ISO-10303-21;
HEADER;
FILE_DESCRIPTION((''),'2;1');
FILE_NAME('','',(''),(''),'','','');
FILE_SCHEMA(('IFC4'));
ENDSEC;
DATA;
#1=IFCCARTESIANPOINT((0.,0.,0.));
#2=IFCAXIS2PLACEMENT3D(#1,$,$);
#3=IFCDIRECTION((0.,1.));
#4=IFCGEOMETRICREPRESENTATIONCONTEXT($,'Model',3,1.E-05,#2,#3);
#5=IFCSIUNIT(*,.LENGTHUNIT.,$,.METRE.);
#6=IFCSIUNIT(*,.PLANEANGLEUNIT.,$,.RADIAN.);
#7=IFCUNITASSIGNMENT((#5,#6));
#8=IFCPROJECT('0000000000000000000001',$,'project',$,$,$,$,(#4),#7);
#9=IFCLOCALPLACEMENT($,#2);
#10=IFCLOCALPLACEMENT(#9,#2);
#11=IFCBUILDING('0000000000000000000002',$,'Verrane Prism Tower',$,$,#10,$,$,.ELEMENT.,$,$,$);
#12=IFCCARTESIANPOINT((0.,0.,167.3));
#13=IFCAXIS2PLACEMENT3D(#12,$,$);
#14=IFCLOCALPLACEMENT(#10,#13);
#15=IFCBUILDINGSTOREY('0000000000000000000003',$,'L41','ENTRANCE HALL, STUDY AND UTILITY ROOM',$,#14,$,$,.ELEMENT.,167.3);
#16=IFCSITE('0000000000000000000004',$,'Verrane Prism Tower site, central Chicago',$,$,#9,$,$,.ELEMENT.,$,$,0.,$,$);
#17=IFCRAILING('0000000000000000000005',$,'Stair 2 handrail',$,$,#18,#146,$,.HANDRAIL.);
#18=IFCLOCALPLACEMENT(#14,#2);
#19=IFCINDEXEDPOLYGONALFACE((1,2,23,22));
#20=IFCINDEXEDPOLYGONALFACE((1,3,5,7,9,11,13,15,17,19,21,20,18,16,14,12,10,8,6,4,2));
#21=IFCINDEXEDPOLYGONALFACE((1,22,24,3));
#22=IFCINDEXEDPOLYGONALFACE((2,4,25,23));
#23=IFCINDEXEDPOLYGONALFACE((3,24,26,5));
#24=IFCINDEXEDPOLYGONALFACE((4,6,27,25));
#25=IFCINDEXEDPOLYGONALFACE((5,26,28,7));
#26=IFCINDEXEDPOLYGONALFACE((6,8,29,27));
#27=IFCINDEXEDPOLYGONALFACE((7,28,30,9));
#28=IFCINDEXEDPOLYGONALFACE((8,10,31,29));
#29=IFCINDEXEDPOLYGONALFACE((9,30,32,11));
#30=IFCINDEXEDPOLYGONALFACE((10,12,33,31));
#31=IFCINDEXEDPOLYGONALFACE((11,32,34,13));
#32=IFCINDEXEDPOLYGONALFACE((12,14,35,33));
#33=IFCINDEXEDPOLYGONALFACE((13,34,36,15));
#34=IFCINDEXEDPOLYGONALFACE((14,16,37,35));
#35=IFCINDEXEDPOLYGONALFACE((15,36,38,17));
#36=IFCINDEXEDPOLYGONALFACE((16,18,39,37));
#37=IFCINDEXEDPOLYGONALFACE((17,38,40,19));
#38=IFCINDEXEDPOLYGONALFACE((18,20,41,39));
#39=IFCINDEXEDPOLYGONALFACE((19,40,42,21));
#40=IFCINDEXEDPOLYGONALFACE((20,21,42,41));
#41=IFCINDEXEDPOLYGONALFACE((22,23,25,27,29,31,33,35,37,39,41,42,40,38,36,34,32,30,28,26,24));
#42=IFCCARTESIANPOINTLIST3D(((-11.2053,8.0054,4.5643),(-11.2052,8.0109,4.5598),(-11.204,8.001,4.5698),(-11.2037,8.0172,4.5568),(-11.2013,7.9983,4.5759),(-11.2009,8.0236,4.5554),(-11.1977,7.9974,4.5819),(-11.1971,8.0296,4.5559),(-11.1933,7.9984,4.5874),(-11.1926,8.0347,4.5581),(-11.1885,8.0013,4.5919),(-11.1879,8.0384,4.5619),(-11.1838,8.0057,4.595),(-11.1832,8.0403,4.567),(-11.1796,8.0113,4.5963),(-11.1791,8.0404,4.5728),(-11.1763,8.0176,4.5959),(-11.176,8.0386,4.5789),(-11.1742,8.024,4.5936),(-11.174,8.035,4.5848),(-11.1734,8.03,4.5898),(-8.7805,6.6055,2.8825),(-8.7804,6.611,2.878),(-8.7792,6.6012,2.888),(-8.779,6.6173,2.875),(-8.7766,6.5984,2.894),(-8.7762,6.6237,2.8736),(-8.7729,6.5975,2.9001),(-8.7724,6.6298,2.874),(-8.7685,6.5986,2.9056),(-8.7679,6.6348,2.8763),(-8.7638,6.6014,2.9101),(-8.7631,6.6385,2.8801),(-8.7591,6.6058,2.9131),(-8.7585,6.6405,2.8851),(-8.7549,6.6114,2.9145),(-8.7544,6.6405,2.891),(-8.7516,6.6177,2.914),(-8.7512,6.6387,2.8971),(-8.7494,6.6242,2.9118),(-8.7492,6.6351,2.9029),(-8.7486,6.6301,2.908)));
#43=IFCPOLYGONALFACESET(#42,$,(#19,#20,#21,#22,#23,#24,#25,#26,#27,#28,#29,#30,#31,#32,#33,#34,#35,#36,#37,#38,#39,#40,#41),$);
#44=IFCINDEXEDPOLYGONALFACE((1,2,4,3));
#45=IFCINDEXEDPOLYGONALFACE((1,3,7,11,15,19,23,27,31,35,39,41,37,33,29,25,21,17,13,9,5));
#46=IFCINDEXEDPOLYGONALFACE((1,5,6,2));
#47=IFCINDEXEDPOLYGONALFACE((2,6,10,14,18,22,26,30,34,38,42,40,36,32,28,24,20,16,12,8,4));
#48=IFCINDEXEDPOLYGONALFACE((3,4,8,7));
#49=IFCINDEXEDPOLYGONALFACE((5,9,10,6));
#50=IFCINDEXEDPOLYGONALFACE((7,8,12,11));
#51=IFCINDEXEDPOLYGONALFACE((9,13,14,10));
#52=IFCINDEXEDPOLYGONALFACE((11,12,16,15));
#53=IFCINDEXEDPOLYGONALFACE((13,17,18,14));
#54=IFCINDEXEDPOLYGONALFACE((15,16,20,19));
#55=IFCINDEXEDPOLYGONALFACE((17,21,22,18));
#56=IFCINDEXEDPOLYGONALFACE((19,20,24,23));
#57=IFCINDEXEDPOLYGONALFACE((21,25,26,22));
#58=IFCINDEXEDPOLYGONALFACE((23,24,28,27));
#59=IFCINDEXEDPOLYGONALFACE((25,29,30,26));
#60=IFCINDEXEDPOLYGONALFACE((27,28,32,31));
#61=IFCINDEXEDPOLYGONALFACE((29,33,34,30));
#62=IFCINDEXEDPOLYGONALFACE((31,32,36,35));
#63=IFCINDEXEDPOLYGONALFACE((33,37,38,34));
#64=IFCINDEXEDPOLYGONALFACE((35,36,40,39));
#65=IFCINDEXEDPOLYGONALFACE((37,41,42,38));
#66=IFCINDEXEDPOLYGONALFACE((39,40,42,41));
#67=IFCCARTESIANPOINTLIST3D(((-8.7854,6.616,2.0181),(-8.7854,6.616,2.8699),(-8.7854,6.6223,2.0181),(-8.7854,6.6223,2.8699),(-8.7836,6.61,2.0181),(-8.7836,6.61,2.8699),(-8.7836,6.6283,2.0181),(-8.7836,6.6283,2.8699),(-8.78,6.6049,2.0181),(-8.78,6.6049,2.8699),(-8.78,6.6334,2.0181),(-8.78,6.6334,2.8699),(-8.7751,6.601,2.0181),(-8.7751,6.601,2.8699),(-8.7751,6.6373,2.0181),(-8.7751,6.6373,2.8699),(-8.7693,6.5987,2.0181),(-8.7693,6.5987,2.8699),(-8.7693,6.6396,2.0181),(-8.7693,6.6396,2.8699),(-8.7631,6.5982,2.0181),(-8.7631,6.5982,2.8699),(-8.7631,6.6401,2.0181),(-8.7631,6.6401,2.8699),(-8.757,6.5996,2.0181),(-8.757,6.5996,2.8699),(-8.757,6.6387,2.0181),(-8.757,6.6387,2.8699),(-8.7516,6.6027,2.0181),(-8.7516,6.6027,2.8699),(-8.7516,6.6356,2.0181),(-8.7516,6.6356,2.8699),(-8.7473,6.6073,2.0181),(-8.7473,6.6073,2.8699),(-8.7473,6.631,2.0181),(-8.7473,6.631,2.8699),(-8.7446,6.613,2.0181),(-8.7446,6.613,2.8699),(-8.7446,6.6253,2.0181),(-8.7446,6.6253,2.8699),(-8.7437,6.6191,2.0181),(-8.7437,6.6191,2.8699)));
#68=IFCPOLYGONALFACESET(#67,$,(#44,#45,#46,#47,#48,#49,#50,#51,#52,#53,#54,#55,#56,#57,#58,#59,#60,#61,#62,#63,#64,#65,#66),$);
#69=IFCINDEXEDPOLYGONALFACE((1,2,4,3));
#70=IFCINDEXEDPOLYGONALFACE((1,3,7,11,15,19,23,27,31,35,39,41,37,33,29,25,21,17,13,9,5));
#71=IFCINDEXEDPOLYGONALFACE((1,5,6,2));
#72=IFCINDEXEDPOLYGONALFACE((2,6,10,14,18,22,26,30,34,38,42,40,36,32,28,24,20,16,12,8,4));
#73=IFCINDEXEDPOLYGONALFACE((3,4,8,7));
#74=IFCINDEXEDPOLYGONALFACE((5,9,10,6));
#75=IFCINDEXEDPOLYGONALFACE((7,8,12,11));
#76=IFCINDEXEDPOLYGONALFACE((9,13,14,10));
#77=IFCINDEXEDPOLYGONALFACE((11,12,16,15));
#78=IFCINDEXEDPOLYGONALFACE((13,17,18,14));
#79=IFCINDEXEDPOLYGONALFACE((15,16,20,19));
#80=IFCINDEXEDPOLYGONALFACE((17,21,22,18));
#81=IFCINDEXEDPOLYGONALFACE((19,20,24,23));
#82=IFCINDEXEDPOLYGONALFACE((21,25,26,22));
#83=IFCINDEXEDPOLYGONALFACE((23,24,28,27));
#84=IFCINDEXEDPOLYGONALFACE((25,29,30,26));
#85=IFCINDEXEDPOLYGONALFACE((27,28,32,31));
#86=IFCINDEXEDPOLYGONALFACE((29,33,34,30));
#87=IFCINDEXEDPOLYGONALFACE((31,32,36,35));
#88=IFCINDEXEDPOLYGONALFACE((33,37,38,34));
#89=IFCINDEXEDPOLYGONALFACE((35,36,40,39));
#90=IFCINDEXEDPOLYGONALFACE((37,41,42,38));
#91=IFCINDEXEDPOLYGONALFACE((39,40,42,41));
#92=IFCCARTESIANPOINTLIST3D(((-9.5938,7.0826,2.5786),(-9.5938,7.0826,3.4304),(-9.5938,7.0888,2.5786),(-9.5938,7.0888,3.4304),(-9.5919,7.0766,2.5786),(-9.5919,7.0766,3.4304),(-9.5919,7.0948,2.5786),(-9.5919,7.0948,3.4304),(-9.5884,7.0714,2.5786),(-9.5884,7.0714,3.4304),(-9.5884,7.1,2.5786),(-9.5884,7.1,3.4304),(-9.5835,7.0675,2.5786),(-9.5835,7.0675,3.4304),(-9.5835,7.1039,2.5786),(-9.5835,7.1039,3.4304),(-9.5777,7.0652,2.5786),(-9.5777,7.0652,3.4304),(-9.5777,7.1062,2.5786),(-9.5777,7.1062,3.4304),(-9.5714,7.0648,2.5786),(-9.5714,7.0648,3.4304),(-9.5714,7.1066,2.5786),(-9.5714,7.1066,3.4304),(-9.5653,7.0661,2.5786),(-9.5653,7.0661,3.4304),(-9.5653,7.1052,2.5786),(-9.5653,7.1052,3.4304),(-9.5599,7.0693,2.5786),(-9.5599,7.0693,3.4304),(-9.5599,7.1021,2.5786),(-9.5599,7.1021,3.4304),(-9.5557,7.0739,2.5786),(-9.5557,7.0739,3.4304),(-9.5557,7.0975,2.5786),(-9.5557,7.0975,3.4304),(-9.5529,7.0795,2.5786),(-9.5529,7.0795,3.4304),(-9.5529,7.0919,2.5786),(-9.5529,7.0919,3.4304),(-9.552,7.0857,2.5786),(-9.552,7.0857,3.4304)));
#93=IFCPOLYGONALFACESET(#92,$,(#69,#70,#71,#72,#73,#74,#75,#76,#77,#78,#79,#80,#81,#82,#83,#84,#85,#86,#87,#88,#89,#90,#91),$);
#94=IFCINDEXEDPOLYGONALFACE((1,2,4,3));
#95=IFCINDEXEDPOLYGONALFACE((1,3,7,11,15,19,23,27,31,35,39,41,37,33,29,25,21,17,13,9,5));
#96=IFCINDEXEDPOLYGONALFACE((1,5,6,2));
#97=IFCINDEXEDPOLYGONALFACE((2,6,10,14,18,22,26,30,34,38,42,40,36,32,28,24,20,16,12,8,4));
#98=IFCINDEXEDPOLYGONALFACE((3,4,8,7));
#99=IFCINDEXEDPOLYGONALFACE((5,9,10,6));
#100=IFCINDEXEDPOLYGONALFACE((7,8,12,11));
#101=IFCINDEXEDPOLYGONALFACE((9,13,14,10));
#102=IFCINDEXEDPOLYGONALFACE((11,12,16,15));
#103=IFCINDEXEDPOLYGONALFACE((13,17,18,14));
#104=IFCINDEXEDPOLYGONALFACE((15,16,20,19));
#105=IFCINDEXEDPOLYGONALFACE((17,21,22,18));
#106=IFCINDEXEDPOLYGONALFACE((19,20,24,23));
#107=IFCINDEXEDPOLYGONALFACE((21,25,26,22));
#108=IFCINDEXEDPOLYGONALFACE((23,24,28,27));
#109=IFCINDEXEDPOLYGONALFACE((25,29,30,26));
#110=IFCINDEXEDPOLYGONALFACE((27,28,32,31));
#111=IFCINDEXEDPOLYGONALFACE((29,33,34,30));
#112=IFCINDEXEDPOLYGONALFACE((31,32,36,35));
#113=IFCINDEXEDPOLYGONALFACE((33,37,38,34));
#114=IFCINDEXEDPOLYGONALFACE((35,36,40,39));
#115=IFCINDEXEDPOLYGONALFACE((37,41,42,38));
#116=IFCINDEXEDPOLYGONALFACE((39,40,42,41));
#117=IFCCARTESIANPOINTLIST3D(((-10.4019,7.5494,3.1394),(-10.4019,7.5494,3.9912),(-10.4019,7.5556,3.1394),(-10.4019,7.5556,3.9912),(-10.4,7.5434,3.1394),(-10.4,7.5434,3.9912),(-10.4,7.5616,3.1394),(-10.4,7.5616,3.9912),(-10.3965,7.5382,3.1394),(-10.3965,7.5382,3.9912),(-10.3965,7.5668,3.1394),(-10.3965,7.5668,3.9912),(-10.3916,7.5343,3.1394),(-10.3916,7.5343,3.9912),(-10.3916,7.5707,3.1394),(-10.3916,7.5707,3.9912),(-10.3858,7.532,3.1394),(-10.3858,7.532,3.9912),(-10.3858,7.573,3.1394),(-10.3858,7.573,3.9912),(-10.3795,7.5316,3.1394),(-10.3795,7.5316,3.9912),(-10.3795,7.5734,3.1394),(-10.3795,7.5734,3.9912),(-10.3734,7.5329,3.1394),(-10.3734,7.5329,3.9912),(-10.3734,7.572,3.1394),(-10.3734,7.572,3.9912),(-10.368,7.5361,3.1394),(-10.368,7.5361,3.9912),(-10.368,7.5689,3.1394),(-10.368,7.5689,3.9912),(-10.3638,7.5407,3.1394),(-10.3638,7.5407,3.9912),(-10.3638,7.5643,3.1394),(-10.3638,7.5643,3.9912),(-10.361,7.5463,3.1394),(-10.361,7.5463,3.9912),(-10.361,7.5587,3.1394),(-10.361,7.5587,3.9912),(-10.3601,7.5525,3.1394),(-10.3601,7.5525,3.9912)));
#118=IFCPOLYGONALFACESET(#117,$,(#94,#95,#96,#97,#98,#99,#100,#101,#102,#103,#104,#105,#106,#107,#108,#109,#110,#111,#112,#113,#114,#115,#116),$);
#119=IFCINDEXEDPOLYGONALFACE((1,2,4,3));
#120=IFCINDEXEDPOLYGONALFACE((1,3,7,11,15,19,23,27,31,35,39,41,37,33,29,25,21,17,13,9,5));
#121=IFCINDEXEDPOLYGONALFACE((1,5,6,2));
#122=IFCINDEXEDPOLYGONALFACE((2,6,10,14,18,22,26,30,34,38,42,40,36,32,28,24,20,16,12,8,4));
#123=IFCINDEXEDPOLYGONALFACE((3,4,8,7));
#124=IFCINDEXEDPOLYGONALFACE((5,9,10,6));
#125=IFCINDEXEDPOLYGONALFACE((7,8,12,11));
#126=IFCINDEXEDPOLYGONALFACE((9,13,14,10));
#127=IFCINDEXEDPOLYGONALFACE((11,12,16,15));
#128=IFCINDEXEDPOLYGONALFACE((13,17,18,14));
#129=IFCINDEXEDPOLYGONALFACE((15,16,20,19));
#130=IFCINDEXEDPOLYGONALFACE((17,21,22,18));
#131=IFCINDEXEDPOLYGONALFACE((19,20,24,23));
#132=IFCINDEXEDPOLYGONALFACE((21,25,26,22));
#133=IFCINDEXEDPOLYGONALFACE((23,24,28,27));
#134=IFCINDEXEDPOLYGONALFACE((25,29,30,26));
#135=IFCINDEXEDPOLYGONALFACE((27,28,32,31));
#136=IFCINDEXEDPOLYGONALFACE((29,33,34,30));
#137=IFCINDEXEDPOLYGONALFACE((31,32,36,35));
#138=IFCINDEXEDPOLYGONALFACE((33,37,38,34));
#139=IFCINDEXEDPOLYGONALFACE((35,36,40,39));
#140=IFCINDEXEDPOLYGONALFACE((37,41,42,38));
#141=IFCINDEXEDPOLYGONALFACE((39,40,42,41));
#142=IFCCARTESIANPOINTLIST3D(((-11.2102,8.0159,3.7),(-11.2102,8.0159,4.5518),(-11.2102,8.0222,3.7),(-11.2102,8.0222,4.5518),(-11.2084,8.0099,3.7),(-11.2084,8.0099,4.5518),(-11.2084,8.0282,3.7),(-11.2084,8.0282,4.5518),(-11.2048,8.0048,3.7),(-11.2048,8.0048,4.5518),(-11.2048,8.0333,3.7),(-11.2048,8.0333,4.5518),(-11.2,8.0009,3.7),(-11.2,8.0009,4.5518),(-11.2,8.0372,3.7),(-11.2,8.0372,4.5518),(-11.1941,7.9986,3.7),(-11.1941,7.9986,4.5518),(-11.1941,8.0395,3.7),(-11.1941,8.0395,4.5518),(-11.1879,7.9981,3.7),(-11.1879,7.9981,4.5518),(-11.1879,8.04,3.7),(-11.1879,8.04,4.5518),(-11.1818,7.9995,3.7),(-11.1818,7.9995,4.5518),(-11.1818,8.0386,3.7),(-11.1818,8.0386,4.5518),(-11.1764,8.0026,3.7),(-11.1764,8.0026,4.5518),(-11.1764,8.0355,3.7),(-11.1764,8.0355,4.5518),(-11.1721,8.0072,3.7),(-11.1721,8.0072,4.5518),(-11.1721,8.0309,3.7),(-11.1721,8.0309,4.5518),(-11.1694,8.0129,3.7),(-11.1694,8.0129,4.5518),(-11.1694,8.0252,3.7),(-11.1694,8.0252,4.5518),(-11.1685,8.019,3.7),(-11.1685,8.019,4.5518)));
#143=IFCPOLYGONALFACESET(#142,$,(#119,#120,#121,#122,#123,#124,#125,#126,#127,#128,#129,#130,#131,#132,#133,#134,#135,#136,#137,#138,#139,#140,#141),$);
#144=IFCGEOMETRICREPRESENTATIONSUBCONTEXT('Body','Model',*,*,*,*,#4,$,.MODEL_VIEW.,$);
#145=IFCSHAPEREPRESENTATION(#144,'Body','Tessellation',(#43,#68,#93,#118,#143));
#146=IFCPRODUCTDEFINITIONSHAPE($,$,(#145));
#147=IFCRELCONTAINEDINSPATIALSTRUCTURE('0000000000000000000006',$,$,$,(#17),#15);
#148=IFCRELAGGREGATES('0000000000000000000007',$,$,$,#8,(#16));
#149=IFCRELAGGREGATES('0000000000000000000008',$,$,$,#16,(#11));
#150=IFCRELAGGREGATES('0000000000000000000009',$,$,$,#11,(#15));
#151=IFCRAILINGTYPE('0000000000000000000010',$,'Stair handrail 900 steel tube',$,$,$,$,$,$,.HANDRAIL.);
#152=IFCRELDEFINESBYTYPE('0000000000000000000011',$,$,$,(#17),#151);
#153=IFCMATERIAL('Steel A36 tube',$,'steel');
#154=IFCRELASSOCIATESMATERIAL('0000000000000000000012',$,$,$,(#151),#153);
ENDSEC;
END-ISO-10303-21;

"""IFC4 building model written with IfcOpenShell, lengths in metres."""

from ifc_helpers import new_model, si_unit, direction, frame, origin, origin_2d, place, context, subcontext, project, spatial, circle, extrude, material, type_object, element, save


model = new_model("IFC4")

# Units and contexts
model_context = context("Model", 3, precision=1e-05, world=origin(), true_north=direction((0.0, 1.0)))
body_context = subcontext(model_context, "Body", "Model", "MODEL_VIEW")
ifc_project = project(units=[si_unit("LENGTHUNIT", "METRE"), si_unit("PLANEANGLEUNIT", "RADIAN")], contexts=[model_context])

# Site, building, storey
site_placement = place(None, origin())
site = spatial("IfcSite", under=ifc_project, at=site_placement, Name="Verrane Prism Tower site, central Chicago", CompositionType="ELEMENT", RefElevation=0.0)
building_placement = place(site_placement, origin())
building = spatial("IfcBuilding", under=site, at=building_placement, Name="Verrane Prism Tower", CompositionType="ELEMENT")
storey_placement = place(building_placement, frame((0.0, 0.0, 167.3)))
storey = spatial("IfcBuildingStorey", under=building, at=storey_placement, Name="L41", Description="ENTRANCE HALL, STUDY AND UTILITY ROOM", CompositionType="ELEMENT", Elevation=167.3)

# Railing
ifc_material_1 = material(Name="Steel A36 tube", Category="steel")
railing_type_1 = type_object("IfcRailingType", Name="Stair handrail 900 steel tube", PredefinedType="HANDRAIL", material=ifc_material_1)
railing_1_placement = place(storey_placement, frame((-8.7646, 6.6191, 2.0181)))
element("IfcRailing", 1, at=railing_1_placement, inside=storey, type_object=railing_type_1, Name="Stair 2 handrail", PredefinedType="HANDRAIL", context=body_context, shape_type="SweptSolid", body=[
    extrude(circle(Radius=0.0239, at=origin_2d()), frame((0.0, 0.0, 0.876), z_axis=(-0.74239, 0.428601, 0.514934), x_axis=(-0.499984, -0.866035, 0.0)), (0.0, 0.0, 1.0), 3.2661),
    extrude(circle(Radius=0.021, at=origin_2d()), origin(), (0.0, 0.0, 1.0), 0.8518),
    extrude(circle(Radius=0.021, at=origin_2d()), frame((-0.8083, 0.4666, 0.5605)), (0.0, 0.0, 1.0), 0.8518),
    extrude(circle(Radius=0.021, at=origin_2d()), frame((-1.6165, 0.9333, 1.1213)), (0.0, 0.0, 1.0), 0.8518),
    extrude(circle(Radius=0.021, at=origin_2d()), frame((-2.4248, 1.3999, 1.6819)), (0.0, 0.0, 1.0), 0.8518),
])

save(model, "model.ifc")
